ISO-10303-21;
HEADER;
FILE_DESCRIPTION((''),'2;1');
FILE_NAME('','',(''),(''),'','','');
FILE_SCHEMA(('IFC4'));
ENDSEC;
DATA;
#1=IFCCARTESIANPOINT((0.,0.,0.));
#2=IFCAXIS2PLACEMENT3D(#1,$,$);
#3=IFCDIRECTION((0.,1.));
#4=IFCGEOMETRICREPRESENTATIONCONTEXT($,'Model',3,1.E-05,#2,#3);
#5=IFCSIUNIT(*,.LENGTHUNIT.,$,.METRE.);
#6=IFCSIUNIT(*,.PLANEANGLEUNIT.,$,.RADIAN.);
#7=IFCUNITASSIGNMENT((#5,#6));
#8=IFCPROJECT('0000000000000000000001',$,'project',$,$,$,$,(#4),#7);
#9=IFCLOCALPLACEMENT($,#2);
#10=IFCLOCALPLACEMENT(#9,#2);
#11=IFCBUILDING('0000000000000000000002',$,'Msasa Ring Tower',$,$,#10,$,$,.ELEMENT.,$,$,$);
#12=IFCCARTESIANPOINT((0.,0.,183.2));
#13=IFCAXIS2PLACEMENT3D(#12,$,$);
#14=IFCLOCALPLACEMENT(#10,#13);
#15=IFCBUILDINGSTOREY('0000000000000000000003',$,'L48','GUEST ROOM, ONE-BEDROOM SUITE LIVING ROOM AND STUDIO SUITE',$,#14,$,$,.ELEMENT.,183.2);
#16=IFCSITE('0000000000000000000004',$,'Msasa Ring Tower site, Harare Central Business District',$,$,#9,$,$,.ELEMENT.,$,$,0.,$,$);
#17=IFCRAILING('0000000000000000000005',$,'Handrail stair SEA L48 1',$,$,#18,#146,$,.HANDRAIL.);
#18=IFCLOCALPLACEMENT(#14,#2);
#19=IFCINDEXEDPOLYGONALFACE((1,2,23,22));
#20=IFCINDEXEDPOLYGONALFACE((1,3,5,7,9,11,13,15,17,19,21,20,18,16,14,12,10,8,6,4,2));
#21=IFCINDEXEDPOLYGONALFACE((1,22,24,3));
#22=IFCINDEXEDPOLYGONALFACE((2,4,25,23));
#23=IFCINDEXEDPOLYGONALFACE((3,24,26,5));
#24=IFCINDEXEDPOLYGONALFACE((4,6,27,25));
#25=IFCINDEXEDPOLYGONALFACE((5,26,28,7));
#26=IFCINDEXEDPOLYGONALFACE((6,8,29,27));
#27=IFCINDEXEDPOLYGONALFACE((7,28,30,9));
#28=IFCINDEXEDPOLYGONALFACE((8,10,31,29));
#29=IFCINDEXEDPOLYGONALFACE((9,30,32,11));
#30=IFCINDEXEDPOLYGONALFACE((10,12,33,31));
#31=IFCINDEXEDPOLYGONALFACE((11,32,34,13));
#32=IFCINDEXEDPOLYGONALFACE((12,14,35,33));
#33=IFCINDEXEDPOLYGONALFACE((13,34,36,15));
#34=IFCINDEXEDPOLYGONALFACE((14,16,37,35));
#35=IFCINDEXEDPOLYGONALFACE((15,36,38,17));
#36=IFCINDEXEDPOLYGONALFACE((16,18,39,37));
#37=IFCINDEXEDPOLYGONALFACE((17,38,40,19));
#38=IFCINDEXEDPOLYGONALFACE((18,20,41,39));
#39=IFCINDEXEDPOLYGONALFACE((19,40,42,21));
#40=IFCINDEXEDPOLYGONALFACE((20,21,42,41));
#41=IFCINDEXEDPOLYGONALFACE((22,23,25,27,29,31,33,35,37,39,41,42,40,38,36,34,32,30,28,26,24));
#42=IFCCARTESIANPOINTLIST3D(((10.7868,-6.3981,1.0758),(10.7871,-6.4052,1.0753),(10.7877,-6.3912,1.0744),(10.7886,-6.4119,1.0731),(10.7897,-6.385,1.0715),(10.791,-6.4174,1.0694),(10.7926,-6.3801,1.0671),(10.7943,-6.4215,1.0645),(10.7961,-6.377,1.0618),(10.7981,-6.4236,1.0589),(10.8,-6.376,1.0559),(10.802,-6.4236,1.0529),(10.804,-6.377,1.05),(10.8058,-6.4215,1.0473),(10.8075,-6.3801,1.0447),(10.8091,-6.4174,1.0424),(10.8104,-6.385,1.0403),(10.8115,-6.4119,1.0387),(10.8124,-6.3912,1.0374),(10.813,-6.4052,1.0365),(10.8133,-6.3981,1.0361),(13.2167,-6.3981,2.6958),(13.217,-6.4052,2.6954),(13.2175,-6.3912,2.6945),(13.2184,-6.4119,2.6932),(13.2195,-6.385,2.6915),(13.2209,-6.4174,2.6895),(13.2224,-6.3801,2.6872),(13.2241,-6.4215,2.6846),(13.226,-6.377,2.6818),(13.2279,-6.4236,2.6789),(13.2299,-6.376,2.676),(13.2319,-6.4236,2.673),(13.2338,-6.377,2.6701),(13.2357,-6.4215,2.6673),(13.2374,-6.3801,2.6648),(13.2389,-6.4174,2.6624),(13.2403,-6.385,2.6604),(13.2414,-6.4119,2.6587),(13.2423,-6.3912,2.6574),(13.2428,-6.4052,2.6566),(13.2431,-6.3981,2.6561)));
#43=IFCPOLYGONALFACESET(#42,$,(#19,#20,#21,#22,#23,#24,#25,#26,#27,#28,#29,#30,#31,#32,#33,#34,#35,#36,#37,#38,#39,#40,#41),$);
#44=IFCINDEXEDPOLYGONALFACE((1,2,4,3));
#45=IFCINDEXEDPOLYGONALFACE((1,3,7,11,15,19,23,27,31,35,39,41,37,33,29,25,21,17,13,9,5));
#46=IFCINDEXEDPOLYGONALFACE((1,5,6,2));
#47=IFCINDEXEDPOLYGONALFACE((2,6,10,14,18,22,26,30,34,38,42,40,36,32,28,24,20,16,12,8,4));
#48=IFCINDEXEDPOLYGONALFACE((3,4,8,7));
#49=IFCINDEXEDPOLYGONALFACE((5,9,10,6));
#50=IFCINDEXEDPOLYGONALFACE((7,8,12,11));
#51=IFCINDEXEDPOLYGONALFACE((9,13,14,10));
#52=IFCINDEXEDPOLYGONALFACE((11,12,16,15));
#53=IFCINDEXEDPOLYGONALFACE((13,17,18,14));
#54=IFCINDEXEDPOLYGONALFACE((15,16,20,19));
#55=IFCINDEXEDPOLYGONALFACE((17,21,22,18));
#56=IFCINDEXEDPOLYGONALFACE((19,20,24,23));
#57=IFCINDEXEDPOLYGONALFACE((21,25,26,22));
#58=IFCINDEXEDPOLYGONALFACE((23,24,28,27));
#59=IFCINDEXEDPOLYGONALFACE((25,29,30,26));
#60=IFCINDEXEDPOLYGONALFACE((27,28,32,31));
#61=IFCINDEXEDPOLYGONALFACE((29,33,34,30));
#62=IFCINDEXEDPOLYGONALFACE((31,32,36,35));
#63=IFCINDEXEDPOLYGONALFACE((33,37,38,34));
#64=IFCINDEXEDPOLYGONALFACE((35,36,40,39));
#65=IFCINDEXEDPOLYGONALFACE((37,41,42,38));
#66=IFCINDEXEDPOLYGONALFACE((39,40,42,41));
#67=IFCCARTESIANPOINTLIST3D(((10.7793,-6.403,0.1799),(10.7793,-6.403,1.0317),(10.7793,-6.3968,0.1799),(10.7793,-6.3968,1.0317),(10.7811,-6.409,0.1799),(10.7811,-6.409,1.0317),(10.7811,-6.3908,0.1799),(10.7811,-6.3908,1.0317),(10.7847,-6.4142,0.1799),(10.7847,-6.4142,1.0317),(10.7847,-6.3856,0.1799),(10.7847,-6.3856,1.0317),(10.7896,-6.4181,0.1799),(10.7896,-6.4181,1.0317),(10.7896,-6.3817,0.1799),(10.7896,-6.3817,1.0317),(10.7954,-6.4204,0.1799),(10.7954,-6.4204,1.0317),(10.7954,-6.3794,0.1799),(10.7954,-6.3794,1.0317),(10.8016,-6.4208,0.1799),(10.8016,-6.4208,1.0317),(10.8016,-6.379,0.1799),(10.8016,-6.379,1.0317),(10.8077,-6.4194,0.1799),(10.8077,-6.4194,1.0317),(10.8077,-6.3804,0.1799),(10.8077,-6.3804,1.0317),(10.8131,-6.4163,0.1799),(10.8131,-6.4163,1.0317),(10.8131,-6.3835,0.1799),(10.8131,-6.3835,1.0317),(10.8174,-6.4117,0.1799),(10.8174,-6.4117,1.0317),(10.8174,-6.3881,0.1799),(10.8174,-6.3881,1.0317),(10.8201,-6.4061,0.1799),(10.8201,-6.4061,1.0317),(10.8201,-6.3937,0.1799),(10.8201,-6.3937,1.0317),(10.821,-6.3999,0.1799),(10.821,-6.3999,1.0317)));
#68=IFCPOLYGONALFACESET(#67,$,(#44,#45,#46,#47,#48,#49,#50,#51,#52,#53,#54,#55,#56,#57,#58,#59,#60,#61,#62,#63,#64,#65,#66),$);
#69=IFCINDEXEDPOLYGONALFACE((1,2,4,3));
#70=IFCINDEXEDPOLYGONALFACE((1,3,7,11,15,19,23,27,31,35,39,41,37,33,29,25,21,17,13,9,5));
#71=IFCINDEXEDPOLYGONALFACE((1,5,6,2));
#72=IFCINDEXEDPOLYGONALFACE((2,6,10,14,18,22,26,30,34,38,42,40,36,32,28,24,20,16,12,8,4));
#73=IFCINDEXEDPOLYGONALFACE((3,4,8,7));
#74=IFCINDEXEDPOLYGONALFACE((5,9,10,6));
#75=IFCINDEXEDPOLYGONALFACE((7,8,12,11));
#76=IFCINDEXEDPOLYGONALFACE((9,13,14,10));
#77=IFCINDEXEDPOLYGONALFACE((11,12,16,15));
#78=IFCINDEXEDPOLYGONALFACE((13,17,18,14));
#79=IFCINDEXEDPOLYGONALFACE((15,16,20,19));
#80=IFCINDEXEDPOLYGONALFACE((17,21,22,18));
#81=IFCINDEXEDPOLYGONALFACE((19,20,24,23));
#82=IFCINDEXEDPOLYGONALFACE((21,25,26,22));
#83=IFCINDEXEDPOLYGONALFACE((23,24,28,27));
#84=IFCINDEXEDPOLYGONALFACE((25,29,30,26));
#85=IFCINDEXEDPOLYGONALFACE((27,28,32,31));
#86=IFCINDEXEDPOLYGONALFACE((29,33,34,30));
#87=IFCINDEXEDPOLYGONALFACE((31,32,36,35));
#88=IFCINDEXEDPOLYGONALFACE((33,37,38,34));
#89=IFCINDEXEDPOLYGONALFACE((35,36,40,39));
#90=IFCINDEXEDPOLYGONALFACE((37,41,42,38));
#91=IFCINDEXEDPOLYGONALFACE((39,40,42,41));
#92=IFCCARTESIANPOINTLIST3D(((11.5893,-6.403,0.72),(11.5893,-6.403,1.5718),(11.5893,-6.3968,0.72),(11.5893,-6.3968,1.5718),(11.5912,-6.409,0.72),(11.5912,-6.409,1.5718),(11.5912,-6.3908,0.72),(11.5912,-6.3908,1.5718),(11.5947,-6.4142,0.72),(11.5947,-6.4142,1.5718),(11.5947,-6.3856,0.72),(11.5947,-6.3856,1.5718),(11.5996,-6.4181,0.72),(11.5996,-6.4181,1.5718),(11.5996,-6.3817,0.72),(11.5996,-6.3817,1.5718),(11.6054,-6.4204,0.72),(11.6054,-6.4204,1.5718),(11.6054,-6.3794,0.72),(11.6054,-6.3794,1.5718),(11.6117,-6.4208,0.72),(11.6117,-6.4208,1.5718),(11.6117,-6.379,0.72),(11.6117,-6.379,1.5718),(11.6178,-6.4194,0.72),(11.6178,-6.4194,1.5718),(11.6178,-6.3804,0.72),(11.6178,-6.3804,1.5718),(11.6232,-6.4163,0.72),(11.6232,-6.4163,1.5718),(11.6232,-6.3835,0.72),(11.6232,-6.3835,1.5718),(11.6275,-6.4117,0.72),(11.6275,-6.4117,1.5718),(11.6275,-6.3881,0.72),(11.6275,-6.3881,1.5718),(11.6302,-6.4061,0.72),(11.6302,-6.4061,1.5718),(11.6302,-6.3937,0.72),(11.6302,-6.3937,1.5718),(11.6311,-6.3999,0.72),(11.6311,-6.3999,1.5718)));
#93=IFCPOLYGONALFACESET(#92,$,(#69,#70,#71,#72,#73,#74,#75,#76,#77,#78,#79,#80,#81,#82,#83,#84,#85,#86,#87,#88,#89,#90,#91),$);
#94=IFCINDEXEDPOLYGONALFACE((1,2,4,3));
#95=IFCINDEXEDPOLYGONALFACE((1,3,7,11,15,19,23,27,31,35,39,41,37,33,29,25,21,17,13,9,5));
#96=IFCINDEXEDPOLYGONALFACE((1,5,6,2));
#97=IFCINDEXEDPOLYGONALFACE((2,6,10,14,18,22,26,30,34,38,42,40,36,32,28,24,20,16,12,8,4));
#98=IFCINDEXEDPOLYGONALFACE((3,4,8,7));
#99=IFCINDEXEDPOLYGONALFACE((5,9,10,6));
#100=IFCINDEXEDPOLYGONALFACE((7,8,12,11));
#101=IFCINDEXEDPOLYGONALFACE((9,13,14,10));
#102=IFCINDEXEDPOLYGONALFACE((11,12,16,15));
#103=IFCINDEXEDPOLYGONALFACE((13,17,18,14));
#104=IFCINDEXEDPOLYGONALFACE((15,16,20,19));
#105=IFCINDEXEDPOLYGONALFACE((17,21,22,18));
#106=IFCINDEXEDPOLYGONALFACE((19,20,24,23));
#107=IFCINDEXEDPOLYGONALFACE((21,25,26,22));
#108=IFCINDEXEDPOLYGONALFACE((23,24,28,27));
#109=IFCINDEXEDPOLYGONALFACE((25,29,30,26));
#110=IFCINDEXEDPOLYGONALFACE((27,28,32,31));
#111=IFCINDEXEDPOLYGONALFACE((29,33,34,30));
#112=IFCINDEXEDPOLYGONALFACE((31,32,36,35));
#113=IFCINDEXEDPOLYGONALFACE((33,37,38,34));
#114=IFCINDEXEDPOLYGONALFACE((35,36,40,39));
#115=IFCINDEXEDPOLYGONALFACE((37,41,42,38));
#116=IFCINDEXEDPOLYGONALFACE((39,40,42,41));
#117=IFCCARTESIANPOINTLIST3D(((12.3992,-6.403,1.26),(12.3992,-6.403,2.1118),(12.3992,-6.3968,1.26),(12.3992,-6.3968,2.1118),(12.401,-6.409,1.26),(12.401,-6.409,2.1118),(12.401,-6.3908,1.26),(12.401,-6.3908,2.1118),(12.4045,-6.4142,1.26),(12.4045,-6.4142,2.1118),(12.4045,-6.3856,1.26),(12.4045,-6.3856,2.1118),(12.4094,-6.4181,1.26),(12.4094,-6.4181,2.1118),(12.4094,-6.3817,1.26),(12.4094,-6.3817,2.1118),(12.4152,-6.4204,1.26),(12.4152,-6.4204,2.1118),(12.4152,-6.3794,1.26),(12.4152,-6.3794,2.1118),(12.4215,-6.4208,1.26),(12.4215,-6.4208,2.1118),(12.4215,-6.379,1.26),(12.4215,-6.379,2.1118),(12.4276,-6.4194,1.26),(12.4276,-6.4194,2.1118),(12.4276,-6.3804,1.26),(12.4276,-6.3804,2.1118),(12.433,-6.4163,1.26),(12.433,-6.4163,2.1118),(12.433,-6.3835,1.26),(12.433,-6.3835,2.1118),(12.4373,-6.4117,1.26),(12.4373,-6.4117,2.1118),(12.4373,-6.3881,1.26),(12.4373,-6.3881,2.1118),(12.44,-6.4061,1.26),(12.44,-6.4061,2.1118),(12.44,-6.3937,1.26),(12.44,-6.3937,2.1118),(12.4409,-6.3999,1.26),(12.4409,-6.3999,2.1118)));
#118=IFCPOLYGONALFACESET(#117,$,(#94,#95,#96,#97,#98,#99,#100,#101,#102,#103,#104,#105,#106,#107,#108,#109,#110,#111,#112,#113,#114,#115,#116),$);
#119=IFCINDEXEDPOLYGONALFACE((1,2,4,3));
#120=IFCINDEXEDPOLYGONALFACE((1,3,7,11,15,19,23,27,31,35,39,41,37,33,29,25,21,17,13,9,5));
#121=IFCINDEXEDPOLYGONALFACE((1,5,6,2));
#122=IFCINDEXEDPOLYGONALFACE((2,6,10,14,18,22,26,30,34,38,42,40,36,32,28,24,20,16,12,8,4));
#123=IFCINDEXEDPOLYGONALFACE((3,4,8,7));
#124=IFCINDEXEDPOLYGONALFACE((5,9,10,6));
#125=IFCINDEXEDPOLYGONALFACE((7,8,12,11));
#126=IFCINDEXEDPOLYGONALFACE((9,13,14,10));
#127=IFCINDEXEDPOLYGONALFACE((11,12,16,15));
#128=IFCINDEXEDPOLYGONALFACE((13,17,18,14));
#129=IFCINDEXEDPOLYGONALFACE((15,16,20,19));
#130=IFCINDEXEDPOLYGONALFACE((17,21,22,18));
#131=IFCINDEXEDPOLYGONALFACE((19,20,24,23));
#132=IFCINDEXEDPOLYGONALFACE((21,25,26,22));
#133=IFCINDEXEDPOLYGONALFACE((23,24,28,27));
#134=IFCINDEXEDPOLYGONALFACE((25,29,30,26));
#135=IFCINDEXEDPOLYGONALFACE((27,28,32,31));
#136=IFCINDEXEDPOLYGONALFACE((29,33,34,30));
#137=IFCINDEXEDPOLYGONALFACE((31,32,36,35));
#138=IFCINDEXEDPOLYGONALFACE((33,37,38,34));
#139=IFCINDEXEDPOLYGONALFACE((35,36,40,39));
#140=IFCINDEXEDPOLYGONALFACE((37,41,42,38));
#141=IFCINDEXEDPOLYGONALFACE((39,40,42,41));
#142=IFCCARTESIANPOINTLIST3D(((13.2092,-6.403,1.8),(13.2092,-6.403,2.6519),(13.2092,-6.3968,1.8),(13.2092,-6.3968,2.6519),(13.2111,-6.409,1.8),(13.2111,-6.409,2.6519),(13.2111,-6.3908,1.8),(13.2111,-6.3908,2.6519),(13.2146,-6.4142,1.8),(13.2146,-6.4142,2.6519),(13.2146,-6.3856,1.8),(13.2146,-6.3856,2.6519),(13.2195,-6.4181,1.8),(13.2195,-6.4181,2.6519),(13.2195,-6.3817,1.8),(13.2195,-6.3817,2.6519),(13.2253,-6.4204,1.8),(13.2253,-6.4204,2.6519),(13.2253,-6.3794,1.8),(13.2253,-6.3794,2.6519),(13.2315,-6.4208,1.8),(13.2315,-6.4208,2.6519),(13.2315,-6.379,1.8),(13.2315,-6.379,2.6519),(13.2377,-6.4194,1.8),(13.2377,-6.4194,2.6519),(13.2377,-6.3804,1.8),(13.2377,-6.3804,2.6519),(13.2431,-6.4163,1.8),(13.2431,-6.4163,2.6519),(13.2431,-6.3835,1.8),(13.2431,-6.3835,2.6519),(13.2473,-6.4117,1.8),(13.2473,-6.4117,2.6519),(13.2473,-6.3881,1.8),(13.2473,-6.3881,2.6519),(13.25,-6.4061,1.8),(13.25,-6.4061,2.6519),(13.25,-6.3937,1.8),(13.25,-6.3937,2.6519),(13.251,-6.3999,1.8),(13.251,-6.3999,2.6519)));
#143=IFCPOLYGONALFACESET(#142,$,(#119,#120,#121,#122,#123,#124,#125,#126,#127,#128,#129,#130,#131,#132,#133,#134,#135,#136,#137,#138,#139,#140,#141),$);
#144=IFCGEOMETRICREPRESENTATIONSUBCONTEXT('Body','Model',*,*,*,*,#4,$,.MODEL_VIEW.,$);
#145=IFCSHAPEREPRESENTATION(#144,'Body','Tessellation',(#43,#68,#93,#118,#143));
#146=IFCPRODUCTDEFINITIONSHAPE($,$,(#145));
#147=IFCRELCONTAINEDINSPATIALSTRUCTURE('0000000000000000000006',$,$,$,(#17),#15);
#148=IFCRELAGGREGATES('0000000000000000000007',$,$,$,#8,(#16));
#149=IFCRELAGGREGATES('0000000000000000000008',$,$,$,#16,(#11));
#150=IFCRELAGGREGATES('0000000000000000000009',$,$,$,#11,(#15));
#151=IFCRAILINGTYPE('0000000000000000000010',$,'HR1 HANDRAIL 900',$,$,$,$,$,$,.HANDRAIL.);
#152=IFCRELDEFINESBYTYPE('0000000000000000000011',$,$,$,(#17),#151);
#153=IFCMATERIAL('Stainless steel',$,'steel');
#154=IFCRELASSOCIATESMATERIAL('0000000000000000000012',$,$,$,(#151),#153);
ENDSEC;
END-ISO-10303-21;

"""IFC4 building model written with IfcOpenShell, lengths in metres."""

from ifc_helpers import new_model, si_unit, direction, frame, origin, origin_2d, place, context, subcontext, project, spatial, circle, extrude, material, type_object, element, save


model = new_model("IFC4")

# Units and contexts
model_context = context("Model", 3, precision=1e-05, world=origin(), true_north=direction((0.0, 1.0)))
body_context = subcontext(model_context, "Body", "Model", "MODEL_VIEW")
ifc_project = project(units=[si_unit("LENGTHUNIT", "METRE"), si_unit("PLANEANGLEUNIT", "RADIAN")], contexts=[model_context])

# Site, building, storey
site_placement = place(None, origin())
site = spatial("IfcSite", under=ifc_project, at=site_placement, Name="Msasa Ring Tower site, Harare Central Business District", CompositionType="ELEMENT", RefElevation=0.0)
building_placement = place(site_placement, origin())
building = spatial("IfcBuilding", under=site, at=building_placement, Name="Msasa Ring Tower", CompositionType="ELEMENT")
storey_placement = place(building_placement, frame((0.0, 0.0, 183.2)))
storey = spatial("IfcBuildingStorey", under=building, at=storey_placement, Name="L48", Description="GUEST ROOM, ONE-BEDROOM SUITE LIVING ROOM AND STUDIO SUITE", CompositionType="ELEMENT", Elevation=183.2)

# Railing
ifc_material_1 = material(Name="Stainless steel", Category="steel")
railing_type = type_object("IfcRailingType", Name="HR1 HANDRAIL 900", PredefinedType="HANDRAIL", material=ifc_material_1)
for number, where, name in (
    (1, (10.8, -6.3999, 0.1799), "Handrail stair SEA L48 1"),
):
    element("IfcRailing", number, at=place(storey_placement, frame(where)), inside=storey, type_object=railing_type, Name=name, PredefinedType="HANDRAIL", context=body_context, shape_type="SweptSolid", body=[
        extrude(circle(Radius=0.0239, at=origin_2d()), frame((0.0, 0.0, 0.876), z_axis=(0.832025, 0.0, 0.554739), x_axis=(0.0, 1.0, 0.0)), (0.0, 0.0, 1.0), 2.9204),
        extrude(circle(Radius=0.021, at=origin_2d()), origin(), (0.0, 0.0, 1.0), 0.8518),
        extrude(circle(Radius=0.021, at=origin_2d()), frame((0.8101, 0.0, 0.54)), (0.0, 0.0, 1.0), 0.8518),
        extrude(circle(Radius=0.021, at=origin_2d()), frame((1.6199, 0.0, 1.0801)), (0.0, 0.0, 1.0), 0.8518),
        extrude(circle(Radius=0.021, at=origin_2d()), frame((2.4299, 0.0, 1.6201)), (0.0, 0.0, 1.0), 0.8518),
    ])

save(model, "model.ifc")
